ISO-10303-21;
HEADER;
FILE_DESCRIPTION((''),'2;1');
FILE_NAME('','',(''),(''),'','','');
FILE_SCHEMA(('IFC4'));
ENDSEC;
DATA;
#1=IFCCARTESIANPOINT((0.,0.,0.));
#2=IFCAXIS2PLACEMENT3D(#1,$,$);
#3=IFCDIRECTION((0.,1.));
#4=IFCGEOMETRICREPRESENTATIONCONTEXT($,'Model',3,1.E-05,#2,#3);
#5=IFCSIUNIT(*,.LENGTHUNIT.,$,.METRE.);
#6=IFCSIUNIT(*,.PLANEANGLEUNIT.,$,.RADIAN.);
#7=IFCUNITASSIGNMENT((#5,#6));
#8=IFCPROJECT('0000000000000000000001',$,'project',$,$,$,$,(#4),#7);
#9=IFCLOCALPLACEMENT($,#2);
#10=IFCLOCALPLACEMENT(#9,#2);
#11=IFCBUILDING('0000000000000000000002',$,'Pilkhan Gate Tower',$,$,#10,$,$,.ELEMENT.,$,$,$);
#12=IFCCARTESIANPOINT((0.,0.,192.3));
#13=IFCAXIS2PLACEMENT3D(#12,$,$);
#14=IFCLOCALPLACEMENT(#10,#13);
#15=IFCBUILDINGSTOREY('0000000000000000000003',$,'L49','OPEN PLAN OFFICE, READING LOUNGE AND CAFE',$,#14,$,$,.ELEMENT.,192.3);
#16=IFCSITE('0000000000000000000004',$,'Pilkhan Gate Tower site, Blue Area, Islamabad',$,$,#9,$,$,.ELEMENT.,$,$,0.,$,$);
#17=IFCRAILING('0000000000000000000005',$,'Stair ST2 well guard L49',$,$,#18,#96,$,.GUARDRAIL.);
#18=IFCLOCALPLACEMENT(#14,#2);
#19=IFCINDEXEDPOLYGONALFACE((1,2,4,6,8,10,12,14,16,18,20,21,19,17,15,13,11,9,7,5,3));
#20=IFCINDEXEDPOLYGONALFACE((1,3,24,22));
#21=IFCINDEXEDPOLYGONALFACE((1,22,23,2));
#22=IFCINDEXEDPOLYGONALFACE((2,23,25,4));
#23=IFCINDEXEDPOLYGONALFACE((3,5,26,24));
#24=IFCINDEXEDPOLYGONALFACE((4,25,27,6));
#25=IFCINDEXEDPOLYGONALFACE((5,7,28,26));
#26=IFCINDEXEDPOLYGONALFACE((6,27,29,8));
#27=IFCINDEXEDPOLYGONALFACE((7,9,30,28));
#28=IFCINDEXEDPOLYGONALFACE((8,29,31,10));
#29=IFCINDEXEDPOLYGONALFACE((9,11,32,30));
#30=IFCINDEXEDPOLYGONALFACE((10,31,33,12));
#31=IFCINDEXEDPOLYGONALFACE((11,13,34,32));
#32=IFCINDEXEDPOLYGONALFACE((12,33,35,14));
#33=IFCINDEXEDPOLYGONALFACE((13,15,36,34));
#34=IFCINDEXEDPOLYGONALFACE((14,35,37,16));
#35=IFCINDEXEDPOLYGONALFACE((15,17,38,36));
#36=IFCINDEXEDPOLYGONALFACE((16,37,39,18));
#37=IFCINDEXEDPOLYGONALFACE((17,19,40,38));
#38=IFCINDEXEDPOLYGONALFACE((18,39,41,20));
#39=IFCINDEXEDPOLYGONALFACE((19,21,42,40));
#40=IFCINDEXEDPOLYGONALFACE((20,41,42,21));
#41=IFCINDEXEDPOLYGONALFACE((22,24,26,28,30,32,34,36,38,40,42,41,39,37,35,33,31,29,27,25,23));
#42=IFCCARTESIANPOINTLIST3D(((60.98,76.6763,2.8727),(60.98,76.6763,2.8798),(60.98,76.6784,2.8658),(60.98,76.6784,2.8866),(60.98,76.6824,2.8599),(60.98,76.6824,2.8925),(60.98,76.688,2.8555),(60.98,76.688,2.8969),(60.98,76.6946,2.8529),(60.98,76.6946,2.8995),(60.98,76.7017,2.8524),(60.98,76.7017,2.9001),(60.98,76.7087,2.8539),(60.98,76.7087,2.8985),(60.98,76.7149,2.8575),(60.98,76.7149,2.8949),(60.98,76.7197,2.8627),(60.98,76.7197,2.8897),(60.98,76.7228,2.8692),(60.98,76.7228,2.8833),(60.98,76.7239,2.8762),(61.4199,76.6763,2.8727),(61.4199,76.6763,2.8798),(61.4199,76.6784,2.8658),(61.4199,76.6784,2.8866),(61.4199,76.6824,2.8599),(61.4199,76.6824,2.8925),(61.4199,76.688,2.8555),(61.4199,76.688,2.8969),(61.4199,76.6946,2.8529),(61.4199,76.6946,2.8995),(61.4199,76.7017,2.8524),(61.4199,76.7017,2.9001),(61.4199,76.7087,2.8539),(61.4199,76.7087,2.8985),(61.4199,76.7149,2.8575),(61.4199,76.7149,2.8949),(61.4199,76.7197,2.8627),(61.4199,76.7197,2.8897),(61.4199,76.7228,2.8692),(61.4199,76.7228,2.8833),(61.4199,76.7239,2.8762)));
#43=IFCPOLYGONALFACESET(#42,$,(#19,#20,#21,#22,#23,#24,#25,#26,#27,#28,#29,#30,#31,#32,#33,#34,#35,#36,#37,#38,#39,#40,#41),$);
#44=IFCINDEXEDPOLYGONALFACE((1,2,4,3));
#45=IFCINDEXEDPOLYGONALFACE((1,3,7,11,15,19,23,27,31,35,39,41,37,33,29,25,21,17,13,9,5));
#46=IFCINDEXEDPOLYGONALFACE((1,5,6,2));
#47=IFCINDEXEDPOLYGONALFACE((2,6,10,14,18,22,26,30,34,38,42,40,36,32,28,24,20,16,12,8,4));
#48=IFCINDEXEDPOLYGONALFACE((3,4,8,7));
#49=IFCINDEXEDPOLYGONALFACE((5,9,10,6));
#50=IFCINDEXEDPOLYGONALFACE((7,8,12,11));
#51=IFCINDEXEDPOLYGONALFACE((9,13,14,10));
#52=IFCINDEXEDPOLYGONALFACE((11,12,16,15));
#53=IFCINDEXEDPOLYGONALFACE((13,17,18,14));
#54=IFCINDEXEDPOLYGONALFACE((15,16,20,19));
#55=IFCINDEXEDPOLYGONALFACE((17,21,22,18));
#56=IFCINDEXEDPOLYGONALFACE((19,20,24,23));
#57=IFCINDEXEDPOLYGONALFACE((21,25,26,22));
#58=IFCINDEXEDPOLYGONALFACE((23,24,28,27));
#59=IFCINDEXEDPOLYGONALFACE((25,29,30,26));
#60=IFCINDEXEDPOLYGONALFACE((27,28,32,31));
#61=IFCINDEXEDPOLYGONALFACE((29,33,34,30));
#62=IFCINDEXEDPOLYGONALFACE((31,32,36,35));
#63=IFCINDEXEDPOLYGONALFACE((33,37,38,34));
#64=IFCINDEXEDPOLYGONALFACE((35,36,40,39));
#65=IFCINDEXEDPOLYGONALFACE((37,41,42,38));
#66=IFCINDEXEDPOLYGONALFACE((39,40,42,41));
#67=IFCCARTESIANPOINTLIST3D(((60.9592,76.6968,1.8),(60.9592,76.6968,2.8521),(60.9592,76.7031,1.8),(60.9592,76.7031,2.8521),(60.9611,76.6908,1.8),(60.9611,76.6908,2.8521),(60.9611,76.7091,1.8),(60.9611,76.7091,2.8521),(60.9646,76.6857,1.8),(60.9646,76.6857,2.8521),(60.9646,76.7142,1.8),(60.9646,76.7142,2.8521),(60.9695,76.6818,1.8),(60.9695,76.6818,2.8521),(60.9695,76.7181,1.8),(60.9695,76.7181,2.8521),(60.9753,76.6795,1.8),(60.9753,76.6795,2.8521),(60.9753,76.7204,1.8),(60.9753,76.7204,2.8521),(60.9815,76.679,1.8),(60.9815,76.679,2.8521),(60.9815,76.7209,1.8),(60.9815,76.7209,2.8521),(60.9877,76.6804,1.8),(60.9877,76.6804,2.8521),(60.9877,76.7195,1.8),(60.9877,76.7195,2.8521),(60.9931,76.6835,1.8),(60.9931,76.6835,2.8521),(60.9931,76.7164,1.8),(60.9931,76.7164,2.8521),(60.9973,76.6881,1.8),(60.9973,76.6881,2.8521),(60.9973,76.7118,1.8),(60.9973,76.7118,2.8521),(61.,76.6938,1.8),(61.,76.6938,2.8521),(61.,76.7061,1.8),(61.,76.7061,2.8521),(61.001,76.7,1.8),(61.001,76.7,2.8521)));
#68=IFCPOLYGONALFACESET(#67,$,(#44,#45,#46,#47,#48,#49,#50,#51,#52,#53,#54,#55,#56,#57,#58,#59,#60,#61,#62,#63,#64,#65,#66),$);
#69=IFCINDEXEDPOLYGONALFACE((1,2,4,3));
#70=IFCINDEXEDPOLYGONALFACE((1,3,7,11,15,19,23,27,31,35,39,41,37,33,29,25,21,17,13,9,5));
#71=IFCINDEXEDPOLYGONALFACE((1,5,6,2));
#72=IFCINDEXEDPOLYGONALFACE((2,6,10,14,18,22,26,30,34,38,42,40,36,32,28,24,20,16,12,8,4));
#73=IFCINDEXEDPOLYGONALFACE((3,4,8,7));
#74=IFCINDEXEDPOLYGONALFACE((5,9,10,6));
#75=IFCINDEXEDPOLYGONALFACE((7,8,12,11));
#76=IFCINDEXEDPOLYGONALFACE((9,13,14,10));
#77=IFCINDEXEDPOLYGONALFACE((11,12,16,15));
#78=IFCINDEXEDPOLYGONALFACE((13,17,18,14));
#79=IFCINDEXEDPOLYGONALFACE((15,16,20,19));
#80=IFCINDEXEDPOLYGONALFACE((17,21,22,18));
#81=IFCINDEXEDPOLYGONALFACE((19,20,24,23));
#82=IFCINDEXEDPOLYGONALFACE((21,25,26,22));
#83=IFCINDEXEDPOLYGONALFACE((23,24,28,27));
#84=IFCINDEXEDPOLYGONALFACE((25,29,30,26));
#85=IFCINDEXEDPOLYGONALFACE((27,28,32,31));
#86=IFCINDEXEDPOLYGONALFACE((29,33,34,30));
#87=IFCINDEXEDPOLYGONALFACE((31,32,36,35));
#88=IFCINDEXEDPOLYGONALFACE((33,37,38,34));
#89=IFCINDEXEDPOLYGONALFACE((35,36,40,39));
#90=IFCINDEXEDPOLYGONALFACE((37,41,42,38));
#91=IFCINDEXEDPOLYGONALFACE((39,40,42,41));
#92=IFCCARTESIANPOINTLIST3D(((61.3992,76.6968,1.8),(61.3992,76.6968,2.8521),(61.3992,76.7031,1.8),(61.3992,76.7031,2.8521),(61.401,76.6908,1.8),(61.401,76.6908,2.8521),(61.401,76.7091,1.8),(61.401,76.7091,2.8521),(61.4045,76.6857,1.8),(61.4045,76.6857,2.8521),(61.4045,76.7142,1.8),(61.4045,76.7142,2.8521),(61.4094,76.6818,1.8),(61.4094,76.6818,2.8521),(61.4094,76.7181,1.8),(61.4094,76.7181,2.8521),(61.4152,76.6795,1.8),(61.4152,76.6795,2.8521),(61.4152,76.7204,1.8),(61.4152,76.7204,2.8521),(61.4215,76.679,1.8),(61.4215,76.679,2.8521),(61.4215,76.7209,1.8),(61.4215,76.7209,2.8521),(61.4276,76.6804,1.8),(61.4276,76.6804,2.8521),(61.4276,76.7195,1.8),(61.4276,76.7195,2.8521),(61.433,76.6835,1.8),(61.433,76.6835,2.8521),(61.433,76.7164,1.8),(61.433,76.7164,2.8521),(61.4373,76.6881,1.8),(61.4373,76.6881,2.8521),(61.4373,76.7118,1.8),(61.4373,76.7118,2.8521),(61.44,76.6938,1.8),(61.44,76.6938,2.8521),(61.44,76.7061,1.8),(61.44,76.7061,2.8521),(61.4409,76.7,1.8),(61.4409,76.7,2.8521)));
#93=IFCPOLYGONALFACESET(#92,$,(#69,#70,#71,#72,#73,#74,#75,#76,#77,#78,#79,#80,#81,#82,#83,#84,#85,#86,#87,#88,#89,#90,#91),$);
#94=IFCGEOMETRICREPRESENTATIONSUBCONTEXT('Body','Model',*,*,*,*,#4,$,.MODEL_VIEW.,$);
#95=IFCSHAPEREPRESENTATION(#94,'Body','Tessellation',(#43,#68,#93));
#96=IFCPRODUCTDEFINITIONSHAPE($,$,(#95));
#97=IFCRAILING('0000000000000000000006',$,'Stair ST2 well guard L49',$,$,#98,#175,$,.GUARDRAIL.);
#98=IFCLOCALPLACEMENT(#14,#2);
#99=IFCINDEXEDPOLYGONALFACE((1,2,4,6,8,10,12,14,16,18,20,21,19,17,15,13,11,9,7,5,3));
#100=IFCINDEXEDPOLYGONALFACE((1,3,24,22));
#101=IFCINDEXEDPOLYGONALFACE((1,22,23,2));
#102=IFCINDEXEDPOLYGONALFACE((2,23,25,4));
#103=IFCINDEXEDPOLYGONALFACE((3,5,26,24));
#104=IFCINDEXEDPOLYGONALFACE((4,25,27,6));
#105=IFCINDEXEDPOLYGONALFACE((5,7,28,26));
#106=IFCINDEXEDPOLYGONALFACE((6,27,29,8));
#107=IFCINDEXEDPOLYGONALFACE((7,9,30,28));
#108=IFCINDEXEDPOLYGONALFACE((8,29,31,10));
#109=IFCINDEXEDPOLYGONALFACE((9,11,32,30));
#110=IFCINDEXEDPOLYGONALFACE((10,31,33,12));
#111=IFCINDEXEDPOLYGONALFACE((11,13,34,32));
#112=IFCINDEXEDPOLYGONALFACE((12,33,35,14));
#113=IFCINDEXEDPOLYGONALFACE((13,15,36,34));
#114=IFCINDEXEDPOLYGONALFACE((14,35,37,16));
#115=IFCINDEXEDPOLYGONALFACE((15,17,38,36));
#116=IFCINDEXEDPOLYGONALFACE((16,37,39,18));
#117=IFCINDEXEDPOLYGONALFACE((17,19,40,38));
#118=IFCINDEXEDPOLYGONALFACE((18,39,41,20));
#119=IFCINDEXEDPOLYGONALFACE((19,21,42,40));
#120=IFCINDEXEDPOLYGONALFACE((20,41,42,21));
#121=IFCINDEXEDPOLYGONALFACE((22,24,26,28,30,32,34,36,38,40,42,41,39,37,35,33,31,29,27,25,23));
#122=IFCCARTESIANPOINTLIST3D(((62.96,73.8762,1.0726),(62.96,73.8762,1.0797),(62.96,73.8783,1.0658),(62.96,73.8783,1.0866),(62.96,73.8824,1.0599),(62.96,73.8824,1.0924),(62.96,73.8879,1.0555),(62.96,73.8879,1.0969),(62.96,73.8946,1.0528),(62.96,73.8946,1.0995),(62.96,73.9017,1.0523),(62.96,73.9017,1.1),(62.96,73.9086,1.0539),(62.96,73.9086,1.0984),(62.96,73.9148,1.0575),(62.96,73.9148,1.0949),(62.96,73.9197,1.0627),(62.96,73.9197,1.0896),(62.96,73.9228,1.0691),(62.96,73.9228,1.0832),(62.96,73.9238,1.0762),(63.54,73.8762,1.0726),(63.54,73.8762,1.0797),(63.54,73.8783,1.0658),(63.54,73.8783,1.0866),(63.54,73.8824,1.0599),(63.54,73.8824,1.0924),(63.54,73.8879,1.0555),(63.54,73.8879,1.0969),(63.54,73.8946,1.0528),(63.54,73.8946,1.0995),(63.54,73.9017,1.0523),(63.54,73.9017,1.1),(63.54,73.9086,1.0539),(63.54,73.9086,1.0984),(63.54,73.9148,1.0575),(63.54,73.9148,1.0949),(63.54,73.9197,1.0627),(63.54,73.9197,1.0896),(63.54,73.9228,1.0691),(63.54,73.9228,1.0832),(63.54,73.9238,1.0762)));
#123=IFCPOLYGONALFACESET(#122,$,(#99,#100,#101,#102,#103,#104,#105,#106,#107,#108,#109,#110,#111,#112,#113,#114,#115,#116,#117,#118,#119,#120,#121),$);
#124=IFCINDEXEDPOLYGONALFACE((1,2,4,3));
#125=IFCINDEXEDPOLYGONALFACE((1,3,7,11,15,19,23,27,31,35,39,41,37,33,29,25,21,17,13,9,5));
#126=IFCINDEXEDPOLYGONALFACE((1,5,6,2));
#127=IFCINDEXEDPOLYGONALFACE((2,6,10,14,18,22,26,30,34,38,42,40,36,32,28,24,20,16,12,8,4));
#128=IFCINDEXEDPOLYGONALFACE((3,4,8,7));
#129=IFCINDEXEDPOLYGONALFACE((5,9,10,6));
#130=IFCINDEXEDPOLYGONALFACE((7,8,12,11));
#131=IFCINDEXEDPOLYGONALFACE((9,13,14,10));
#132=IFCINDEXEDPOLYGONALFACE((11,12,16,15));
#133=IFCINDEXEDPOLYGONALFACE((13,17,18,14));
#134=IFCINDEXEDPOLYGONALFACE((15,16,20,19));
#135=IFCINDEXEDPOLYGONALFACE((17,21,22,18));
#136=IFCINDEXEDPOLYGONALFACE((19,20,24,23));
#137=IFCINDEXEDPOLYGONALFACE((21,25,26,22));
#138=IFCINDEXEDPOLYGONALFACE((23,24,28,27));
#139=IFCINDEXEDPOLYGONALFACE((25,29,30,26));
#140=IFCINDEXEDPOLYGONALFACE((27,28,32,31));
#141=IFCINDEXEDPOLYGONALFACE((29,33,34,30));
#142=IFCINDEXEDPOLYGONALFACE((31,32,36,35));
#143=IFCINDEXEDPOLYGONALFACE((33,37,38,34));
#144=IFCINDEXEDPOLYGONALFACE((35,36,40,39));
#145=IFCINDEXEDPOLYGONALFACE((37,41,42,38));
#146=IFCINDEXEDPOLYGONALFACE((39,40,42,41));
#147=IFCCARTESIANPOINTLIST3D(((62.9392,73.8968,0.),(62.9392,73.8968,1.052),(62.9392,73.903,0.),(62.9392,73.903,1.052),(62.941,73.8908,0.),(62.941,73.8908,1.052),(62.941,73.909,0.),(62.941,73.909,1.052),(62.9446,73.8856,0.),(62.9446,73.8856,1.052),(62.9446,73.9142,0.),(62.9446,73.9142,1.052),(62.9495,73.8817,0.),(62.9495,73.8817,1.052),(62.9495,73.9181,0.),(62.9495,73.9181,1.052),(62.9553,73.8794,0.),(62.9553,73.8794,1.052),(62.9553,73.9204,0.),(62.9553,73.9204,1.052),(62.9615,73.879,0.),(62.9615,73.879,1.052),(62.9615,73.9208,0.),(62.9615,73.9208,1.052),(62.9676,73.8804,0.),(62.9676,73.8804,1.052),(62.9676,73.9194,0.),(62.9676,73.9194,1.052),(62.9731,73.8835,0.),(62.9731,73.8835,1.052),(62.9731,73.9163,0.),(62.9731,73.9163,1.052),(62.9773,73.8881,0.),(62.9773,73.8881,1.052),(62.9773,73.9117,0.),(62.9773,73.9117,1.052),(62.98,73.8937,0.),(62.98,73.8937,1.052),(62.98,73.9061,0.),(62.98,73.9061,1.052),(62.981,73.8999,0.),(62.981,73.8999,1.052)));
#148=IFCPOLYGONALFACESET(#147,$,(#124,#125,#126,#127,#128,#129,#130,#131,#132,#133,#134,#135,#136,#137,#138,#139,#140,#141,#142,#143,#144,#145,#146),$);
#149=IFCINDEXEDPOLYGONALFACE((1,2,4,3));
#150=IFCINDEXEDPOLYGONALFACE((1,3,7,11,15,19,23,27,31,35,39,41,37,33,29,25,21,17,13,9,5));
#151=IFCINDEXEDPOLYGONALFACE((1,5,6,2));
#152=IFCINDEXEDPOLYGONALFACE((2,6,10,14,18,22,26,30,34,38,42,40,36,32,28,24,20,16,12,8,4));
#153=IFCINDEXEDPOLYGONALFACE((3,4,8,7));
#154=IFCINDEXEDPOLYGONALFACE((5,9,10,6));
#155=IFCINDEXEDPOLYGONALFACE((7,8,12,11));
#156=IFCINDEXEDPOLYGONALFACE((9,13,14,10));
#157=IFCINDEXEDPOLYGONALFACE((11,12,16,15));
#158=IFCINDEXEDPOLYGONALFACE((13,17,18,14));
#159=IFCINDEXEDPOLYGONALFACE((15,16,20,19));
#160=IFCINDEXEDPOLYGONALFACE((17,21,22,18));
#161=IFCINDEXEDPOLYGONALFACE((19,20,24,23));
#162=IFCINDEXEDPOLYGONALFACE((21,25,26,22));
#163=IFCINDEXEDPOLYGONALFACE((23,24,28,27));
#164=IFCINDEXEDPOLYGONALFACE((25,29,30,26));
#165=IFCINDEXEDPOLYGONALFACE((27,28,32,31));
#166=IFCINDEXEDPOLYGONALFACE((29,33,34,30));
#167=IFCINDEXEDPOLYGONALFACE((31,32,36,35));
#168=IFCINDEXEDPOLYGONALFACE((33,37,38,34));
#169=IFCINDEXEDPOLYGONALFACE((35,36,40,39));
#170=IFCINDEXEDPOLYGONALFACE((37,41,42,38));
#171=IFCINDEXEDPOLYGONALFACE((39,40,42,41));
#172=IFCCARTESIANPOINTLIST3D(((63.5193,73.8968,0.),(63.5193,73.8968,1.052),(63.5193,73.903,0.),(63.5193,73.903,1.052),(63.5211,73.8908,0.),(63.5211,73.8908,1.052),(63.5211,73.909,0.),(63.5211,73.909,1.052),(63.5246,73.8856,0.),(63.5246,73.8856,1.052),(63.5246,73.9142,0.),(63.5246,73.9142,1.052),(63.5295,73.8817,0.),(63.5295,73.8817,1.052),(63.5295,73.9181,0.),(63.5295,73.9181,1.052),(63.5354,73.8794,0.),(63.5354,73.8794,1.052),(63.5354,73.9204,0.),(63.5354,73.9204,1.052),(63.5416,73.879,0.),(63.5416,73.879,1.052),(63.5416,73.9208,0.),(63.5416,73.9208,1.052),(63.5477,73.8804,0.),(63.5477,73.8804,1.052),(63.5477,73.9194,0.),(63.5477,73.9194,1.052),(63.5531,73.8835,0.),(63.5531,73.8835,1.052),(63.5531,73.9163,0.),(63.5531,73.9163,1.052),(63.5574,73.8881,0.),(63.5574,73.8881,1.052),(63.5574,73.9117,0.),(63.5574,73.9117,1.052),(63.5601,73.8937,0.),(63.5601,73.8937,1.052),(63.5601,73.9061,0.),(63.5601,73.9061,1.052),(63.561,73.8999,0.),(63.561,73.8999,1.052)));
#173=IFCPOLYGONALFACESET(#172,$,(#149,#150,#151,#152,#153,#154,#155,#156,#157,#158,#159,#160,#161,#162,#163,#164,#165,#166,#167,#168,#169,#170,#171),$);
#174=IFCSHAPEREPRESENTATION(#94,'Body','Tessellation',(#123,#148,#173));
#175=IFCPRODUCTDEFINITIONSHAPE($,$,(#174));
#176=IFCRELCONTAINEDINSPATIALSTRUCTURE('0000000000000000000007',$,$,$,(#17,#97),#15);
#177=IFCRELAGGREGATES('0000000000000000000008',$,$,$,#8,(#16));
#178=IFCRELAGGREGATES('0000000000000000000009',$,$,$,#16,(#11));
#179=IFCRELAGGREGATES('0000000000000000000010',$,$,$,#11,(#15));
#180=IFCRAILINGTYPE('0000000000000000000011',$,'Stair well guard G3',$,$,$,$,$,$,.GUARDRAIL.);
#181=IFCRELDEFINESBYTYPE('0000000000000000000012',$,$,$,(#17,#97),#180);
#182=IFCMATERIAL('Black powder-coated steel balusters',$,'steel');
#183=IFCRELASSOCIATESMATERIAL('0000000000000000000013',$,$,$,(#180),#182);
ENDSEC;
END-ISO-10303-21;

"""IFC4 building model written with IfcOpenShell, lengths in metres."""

from ifc_helpers import new_model, si_unit, direction, frame, origin, origin_2d, place, context, subcontext, project, spatial, circle, extrude, material, type_object, element, save


model = new_model("IFC4")

# Units and contexts
model_context = context("Model", 3, precision=1e-05, world=origin(), true_north=direction((0.0, 1.0)))
body_context = subcontext(model_context, "Body", "Model", "MODEL_VIEW")
ifc_project = project(units=[si_unit("LENGTHUNIT", "METRE"), si_unit("PLANEANGLEUNIT", "RADIAN")], contexts=[model_context])

# Site, building, storey
site_placement = place(None, origin())
site = spatial("IfcSite", under=ifc_project, at=site_placement, Name="Pilkhan Gate Tower site, Blue Area, Islamabad", CompositionType="ELEMENT", RefElevation=0.0)
building_placement = place(site_placement, origin())
building = spatial("IfcBuilding", under=site, at=building_placement, Name="Pilkhan Gate Tower", CompositionType="ELEMENT")
storey_placement = place(building_placement, frame((0.0, 0.0, 192.3)))
storey = spatial("IfcBuildingStorey", under=building, at=storey_placement, Name="L49", Description="OPEN PLAN OFFICE, READING LOUNGE AND CAFE", CompositionType="ELEMENT", Elevation=192.3)

# Railings
ifc_material_1 = material(Name="Black powder-coated steel balusters", Category="steel")
railing_type_1 = type_object("IfcRailingType", Name="Stair well guard G3", PredefinedType="GUARDRAIL", material=ifc_material_1)
railing_1_placement = place(storey_placement, frame((60.98, 76.7, 1.8)))
element("IfcRailing", 1, at=railing_1_placement, inside=storey, type_object=railing_type_1, Name="Stair ST2 well guard L49", PredefinedType="GUARDRAIL", context=body_context, shape_type="SweptSolid", body=[
    extrude(circle(Radius=0.0239, at=origin_2d()), frame((0.0, 0.0, 1.0762), z_axis=(1.0, 0.0, 0.0), x_axis=(0.0, 1.0, 0.0)), (0.0, 0.0, 1.0), 0.4399),
    extrude(circle(Radius=0.021, at=origin_2d()), origin(), (0.0, 0.0, 1.0), 1.052),
    extrude(circle(Radius=0.021, at=origin_2d()), frame((0.4399, 0.0, 0.0)), (0.0, 0.0, 1.0), 1.052),
])
for number, where, name in (
    (2, (62.96, 73.8999, 0.0), "Stair ST2 well guard L49"),
):
    element("IfcRailing", number, at=place(storey_placement, frame(where)), inside=storey, type_object=railing_type_1, Name=name, PredefinedType="GUARDRAIL", context=body_context, shape_type="SweptSolid", body=[
        extrude(circle(Radius=0.0239, at=origin_2d()), frame((0.0, 0.0, 1.0762), z_axis=(1.0, 0.0, 0.0), x_axis=(0.0, 1.0, 0.0)), (0.0, 0.0, 1.0), 0.5801),
        extrude(circle(Radius=0.021, at=origin_2d()), origin(), (0.0, 0.0, 1.0), 1.052),
        extrude(circle(Radius=0.021, at=origin_2d()), frame((0.5801, 0.0, 0.0)), (0.0, 0.0, 1.0), 1.052),
    ])

save(model, "model.ifc")
